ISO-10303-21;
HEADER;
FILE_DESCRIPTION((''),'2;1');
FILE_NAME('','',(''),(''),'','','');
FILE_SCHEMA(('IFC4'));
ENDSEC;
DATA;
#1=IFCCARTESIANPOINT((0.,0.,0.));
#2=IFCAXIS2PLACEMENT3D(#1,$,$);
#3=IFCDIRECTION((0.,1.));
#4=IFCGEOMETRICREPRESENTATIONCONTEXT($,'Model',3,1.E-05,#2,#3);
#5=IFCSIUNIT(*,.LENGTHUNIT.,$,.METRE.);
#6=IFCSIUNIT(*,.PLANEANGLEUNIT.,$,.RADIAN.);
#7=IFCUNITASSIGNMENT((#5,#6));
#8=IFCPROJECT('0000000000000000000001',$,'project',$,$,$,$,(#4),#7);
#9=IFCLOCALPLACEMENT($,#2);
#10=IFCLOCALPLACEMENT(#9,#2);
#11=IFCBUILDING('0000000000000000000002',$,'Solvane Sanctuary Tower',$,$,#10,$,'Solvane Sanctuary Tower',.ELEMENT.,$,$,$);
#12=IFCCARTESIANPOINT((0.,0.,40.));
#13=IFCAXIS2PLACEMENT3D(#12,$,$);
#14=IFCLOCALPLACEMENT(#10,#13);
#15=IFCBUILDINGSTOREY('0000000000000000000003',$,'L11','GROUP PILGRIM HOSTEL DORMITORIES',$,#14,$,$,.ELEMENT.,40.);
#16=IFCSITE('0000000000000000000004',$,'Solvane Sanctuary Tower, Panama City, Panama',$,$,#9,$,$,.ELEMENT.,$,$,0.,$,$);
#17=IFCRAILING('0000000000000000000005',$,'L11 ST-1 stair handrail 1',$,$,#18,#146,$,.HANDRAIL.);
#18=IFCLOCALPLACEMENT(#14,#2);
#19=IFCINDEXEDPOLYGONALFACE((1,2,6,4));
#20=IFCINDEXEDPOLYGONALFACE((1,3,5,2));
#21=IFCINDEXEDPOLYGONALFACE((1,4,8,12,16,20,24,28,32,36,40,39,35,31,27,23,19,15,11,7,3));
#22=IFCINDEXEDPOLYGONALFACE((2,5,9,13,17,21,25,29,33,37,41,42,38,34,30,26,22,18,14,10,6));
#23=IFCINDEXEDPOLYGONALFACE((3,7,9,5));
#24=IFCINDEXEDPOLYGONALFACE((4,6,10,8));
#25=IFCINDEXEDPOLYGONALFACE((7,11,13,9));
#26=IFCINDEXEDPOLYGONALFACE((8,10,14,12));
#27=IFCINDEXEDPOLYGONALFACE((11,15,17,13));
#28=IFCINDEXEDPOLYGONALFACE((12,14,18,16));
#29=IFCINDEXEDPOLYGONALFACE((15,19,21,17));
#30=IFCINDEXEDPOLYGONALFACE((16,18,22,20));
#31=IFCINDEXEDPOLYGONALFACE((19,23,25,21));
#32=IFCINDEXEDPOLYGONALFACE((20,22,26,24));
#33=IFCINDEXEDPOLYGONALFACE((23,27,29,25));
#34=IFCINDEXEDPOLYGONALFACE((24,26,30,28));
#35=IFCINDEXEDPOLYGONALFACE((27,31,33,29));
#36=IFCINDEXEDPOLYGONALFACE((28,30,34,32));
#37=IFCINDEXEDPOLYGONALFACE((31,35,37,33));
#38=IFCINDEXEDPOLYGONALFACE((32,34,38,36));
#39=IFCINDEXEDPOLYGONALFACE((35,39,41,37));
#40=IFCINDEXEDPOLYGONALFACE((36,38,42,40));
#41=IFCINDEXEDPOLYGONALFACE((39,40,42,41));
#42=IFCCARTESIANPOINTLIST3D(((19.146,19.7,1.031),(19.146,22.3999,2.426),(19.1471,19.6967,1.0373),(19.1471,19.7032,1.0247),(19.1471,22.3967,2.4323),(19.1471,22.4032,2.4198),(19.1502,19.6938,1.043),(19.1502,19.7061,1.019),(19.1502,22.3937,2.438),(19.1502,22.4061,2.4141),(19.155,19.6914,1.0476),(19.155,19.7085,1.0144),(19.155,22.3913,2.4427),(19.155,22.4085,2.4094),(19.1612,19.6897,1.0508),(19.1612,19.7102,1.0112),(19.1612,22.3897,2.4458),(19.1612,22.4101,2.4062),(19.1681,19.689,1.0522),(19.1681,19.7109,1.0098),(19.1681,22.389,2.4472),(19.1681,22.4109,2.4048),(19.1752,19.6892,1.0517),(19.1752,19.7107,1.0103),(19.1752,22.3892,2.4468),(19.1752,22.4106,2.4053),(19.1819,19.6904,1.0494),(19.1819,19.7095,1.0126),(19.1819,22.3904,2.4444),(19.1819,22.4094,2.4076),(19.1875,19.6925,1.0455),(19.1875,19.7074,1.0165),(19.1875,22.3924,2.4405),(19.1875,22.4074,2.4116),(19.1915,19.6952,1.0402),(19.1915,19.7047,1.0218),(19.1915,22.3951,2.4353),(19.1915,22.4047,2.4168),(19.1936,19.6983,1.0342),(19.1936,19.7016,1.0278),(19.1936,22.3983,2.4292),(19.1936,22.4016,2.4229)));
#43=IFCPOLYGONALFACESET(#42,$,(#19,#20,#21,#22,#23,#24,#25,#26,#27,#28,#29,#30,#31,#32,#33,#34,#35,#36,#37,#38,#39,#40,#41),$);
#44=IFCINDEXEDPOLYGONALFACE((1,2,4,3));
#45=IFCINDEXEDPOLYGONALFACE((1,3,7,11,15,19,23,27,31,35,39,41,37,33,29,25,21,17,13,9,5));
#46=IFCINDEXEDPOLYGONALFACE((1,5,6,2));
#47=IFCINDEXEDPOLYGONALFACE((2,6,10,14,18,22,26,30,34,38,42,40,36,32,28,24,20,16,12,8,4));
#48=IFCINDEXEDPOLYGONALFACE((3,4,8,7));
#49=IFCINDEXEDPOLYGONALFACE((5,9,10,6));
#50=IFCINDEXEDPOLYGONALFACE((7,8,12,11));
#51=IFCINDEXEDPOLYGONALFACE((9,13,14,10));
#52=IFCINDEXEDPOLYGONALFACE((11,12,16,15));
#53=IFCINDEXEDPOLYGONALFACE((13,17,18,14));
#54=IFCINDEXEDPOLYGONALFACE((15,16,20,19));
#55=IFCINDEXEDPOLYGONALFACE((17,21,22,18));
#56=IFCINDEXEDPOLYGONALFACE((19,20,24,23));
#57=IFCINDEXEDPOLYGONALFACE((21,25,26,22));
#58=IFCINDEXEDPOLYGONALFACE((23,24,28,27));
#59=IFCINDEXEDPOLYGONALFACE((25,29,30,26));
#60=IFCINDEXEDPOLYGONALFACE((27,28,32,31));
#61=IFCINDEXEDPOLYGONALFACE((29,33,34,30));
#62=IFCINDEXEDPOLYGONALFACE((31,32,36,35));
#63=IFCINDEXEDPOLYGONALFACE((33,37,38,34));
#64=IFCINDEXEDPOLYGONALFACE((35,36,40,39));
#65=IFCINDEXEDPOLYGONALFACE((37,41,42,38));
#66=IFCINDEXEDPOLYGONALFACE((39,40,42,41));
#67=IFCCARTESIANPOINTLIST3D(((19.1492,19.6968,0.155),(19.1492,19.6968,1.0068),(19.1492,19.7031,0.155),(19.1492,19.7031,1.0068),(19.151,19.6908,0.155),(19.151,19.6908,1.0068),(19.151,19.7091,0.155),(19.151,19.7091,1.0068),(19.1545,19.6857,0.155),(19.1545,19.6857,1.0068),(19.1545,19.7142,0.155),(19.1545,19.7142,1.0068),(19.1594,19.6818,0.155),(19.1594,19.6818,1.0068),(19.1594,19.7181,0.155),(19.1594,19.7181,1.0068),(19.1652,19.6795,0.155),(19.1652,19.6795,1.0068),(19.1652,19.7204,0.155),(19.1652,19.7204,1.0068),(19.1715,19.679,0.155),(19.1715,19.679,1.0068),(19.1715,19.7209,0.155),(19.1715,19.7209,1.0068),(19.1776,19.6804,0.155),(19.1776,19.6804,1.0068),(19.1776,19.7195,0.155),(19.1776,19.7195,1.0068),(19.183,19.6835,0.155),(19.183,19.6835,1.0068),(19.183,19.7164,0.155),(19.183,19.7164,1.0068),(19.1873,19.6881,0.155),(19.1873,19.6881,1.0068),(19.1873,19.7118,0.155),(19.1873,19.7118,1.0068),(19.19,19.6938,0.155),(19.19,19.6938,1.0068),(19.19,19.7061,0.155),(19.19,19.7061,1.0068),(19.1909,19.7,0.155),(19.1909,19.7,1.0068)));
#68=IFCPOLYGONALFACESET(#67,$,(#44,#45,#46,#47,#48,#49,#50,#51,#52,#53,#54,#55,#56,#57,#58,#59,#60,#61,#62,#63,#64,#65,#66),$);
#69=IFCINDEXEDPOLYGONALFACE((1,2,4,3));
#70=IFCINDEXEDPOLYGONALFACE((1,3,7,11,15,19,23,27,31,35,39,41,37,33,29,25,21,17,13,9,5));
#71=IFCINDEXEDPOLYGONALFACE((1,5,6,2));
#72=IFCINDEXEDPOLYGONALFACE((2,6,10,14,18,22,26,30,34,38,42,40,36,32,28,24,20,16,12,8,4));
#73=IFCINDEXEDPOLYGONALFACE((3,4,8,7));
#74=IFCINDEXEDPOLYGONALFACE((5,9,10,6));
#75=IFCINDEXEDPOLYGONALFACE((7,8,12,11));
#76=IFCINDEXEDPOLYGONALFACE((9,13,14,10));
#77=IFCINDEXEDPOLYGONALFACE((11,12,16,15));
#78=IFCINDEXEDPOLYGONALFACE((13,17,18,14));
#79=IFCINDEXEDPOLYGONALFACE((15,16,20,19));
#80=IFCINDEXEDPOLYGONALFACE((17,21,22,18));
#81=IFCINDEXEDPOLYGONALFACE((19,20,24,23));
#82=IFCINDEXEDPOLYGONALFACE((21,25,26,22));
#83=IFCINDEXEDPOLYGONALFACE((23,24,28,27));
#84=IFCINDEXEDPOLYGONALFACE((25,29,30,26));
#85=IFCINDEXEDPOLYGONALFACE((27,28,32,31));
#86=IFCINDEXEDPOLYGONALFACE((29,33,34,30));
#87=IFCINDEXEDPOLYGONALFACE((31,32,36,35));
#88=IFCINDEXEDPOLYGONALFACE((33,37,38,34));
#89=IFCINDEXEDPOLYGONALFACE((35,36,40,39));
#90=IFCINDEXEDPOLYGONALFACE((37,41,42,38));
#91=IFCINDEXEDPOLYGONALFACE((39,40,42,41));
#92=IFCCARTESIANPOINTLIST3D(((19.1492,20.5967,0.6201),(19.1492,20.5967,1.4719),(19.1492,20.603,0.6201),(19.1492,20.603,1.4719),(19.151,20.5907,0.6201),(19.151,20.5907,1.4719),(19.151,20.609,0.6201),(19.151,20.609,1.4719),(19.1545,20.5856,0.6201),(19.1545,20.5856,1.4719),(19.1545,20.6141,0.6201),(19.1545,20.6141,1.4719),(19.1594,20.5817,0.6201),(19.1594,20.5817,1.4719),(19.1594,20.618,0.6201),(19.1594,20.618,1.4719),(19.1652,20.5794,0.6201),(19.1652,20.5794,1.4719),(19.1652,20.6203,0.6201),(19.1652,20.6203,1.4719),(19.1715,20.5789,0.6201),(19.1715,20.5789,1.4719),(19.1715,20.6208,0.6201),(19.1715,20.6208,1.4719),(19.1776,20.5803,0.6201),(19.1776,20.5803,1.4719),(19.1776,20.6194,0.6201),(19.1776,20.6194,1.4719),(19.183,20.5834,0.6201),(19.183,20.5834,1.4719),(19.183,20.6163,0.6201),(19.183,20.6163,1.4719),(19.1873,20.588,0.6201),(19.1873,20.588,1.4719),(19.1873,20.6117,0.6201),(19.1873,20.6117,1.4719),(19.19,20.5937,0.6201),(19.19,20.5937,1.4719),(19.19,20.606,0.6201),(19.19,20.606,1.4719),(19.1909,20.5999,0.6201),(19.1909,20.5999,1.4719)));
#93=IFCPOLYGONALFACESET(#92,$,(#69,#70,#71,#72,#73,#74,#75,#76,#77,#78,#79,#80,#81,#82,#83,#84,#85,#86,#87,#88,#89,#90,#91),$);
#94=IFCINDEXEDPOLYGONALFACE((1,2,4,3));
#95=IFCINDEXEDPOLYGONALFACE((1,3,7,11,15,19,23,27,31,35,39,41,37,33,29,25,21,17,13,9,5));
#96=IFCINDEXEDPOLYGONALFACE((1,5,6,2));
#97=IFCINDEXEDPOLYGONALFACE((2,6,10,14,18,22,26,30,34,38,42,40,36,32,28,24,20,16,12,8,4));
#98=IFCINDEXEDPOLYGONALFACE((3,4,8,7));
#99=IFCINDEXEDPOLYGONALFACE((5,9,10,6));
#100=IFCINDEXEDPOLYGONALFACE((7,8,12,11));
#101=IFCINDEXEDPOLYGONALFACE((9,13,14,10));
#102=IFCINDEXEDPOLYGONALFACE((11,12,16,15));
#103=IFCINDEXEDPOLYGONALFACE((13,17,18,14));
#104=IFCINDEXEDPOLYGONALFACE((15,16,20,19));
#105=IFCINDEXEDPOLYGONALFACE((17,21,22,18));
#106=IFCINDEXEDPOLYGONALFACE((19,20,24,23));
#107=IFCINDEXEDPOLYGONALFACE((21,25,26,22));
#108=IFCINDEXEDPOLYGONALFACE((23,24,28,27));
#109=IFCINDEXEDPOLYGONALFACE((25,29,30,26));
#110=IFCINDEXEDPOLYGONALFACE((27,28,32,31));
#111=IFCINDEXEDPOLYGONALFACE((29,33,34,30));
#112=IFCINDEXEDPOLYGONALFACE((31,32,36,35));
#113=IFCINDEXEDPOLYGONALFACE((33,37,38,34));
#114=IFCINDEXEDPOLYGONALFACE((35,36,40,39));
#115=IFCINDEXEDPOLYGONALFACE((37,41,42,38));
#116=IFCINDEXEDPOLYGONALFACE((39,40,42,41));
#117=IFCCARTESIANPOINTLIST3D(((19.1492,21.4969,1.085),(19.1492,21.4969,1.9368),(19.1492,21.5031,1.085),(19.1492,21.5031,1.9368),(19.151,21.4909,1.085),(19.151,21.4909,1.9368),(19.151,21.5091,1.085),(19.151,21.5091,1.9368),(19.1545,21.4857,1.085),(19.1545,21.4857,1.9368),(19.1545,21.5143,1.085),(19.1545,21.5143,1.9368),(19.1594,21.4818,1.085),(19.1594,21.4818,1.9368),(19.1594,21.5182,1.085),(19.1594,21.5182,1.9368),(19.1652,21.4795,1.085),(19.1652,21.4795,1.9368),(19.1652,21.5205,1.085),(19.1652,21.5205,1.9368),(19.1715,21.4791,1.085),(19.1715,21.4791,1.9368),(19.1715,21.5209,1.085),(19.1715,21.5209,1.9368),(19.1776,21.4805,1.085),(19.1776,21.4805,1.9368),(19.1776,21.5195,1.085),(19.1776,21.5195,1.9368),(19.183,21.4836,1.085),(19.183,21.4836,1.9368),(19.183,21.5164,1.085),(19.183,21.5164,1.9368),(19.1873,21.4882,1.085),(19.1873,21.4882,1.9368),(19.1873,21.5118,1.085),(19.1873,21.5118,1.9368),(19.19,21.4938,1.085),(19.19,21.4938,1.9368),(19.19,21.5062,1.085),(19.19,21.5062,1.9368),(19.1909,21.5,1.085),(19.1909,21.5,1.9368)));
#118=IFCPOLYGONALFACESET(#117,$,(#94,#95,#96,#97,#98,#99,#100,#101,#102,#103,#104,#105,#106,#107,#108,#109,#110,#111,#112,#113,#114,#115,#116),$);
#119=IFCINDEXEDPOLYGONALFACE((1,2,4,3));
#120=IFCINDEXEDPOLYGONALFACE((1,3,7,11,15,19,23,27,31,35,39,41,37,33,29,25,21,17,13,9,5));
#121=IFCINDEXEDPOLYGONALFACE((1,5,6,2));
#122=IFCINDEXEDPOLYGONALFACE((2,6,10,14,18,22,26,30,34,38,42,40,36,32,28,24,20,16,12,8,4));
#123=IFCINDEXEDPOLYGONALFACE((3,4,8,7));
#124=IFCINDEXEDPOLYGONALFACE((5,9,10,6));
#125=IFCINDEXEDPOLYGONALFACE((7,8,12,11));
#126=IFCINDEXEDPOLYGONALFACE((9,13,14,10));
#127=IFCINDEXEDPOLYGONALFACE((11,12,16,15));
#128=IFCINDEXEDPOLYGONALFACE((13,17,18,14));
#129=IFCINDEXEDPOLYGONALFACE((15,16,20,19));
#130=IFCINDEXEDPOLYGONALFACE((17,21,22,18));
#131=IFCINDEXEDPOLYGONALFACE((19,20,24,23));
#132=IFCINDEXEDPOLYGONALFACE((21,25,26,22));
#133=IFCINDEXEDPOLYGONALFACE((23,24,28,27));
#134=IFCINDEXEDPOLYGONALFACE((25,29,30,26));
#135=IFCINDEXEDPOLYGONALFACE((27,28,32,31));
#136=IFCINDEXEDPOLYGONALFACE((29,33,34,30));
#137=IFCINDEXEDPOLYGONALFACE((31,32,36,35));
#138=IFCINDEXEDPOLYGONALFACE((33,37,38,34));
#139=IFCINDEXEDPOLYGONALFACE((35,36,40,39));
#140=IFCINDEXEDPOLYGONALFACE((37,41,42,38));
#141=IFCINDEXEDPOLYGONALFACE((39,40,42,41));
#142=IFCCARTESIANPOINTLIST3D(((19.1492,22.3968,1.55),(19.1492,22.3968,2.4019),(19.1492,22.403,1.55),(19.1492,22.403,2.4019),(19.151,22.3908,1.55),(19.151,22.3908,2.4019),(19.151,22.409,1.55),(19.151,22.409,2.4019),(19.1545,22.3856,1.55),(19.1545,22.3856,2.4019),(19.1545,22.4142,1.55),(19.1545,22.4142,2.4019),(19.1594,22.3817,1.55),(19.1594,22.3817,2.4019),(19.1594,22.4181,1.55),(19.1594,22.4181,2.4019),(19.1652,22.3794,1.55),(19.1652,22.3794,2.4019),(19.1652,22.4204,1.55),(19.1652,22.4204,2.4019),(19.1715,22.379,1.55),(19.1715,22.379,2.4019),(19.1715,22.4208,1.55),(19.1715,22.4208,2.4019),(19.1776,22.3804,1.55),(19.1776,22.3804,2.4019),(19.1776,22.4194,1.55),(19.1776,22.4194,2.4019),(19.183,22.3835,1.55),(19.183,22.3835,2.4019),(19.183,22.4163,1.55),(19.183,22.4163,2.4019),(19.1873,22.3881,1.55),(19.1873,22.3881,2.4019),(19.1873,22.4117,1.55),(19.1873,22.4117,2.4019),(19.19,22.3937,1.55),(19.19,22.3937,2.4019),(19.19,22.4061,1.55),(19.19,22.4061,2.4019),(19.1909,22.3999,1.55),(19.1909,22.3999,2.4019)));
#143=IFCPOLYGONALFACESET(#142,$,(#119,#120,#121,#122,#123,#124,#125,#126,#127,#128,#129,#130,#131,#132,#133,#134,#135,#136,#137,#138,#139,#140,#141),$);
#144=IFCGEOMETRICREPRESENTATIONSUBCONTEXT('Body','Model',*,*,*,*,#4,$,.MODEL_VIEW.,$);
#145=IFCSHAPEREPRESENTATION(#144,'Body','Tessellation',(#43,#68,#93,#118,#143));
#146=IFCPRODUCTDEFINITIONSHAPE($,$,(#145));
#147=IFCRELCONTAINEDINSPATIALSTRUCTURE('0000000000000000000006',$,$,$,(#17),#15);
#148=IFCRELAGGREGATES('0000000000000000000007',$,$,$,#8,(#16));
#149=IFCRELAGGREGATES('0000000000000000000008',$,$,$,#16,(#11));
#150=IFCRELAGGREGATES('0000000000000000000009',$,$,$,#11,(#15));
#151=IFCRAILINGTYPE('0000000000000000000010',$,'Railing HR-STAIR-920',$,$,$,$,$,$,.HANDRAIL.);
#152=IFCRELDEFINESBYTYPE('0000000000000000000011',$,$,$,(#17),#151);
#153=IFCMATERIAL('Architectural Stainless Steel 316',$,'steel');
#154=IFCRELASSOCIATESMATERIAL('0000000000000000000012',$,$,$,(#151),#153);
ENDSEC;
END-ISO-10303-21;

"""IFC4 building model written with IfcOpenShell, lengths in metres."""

from ifc_helpers import new_model, si_unit, direction, frame, origin, origin_2d, place, context, subcontext, project, spatial, circle, extrude, material, type_object, element, save


model = new_model("IFC4")

# Units and contexts
model_context = context("Model", 3, precision=1e-05, world=origin(), true_north=direction((0.0, 1.0)))
body_context = subcontext(model_context, "Body", "Model", "MODEL_VIEW")
ifc_project = project(units=[si_unit("LENGTHUNIT", "METRE"), si_unit("PLANEANGLEUNIT", "RADIAN")], contexts=[model_context])

# Site, building, storey
site_placement = place(None, origin())
site = spatial("IfcSite", under=ifc_project, at=site_placement, Name="Solvane Sanctuary Tower, Panama City, Panama", CompositionType="ELEMENT", RefElevation=0.0)
building_placement = place(site_placement, origin())
building = spatial("IfcBuilding", under=site, at=building_placement, Name="Solvane Sanctuary Tower", LongName="Solvane Sanctuary Tower", CompositionType="ELEMENT")
storey_placement = place(building_placement, frame((0.0, 0.0, 40.0)))
storey = spatial("IfcBuildingStorey", under=building, at=storey_placement, Name="L11", Description="GROUP PILGRIM HOSTEL DORMITORIES", CompositionType="ELEMENT", Elevation=40.0)

# Railing
ifc_material_1 = material(Name="Architectural Stainless Steel 316", Category="steel")
railing_type_1 = type_object("IfcRailingType", Name="Railing HR-STAIR-920", PredefinedType="HANDRAIL", material=ifc_material_1)
railing_1_placement = place(storey_placement, frame((19.1699, 19.7, 0.155)))
element("IfcRailing", 1, at=railing_1_placement, inside=storey, type_object=railing_type_1, Name="L11 ST-1 stair handrail 1", PredefinedType="HANDRAIL", context=body_context, shape_type="SweptSolid", body=[
    extrude(circle(Radius=0.0239, at=origin_2d()), frame((0.0, 0.0, 0.876), z_axis=(0.0, 0.88842, 0.459032), x_axis=(-1.0, 0.0, 0.0)), (0.0, 0.0, 1.0), 3.0391),
    extrude(circle(Radius=0.021, at=origin_2d()), origin(), (0.0, 0.0, 1.0), 0.8518),
    extrude(circle(Radius=0.021, at=origin_2d()), frame((0.0, 0.8999, 0.4651)), (0.0, 0.0, 1.0), 0.8518),
    extrude(circle(Radius=0.021, at=origin_2d()), frame((0.0, 1.8, 0.9299)), (0.0, 0.0, 1.0), 0.8518),
    extrude(circle(Radius=0.021, at=origin_2d()), frame((0.0, 2.7, 1.395)), (0.0, 0.0, 1.0), 0.8518),
])

save(model, "model.ifc")
